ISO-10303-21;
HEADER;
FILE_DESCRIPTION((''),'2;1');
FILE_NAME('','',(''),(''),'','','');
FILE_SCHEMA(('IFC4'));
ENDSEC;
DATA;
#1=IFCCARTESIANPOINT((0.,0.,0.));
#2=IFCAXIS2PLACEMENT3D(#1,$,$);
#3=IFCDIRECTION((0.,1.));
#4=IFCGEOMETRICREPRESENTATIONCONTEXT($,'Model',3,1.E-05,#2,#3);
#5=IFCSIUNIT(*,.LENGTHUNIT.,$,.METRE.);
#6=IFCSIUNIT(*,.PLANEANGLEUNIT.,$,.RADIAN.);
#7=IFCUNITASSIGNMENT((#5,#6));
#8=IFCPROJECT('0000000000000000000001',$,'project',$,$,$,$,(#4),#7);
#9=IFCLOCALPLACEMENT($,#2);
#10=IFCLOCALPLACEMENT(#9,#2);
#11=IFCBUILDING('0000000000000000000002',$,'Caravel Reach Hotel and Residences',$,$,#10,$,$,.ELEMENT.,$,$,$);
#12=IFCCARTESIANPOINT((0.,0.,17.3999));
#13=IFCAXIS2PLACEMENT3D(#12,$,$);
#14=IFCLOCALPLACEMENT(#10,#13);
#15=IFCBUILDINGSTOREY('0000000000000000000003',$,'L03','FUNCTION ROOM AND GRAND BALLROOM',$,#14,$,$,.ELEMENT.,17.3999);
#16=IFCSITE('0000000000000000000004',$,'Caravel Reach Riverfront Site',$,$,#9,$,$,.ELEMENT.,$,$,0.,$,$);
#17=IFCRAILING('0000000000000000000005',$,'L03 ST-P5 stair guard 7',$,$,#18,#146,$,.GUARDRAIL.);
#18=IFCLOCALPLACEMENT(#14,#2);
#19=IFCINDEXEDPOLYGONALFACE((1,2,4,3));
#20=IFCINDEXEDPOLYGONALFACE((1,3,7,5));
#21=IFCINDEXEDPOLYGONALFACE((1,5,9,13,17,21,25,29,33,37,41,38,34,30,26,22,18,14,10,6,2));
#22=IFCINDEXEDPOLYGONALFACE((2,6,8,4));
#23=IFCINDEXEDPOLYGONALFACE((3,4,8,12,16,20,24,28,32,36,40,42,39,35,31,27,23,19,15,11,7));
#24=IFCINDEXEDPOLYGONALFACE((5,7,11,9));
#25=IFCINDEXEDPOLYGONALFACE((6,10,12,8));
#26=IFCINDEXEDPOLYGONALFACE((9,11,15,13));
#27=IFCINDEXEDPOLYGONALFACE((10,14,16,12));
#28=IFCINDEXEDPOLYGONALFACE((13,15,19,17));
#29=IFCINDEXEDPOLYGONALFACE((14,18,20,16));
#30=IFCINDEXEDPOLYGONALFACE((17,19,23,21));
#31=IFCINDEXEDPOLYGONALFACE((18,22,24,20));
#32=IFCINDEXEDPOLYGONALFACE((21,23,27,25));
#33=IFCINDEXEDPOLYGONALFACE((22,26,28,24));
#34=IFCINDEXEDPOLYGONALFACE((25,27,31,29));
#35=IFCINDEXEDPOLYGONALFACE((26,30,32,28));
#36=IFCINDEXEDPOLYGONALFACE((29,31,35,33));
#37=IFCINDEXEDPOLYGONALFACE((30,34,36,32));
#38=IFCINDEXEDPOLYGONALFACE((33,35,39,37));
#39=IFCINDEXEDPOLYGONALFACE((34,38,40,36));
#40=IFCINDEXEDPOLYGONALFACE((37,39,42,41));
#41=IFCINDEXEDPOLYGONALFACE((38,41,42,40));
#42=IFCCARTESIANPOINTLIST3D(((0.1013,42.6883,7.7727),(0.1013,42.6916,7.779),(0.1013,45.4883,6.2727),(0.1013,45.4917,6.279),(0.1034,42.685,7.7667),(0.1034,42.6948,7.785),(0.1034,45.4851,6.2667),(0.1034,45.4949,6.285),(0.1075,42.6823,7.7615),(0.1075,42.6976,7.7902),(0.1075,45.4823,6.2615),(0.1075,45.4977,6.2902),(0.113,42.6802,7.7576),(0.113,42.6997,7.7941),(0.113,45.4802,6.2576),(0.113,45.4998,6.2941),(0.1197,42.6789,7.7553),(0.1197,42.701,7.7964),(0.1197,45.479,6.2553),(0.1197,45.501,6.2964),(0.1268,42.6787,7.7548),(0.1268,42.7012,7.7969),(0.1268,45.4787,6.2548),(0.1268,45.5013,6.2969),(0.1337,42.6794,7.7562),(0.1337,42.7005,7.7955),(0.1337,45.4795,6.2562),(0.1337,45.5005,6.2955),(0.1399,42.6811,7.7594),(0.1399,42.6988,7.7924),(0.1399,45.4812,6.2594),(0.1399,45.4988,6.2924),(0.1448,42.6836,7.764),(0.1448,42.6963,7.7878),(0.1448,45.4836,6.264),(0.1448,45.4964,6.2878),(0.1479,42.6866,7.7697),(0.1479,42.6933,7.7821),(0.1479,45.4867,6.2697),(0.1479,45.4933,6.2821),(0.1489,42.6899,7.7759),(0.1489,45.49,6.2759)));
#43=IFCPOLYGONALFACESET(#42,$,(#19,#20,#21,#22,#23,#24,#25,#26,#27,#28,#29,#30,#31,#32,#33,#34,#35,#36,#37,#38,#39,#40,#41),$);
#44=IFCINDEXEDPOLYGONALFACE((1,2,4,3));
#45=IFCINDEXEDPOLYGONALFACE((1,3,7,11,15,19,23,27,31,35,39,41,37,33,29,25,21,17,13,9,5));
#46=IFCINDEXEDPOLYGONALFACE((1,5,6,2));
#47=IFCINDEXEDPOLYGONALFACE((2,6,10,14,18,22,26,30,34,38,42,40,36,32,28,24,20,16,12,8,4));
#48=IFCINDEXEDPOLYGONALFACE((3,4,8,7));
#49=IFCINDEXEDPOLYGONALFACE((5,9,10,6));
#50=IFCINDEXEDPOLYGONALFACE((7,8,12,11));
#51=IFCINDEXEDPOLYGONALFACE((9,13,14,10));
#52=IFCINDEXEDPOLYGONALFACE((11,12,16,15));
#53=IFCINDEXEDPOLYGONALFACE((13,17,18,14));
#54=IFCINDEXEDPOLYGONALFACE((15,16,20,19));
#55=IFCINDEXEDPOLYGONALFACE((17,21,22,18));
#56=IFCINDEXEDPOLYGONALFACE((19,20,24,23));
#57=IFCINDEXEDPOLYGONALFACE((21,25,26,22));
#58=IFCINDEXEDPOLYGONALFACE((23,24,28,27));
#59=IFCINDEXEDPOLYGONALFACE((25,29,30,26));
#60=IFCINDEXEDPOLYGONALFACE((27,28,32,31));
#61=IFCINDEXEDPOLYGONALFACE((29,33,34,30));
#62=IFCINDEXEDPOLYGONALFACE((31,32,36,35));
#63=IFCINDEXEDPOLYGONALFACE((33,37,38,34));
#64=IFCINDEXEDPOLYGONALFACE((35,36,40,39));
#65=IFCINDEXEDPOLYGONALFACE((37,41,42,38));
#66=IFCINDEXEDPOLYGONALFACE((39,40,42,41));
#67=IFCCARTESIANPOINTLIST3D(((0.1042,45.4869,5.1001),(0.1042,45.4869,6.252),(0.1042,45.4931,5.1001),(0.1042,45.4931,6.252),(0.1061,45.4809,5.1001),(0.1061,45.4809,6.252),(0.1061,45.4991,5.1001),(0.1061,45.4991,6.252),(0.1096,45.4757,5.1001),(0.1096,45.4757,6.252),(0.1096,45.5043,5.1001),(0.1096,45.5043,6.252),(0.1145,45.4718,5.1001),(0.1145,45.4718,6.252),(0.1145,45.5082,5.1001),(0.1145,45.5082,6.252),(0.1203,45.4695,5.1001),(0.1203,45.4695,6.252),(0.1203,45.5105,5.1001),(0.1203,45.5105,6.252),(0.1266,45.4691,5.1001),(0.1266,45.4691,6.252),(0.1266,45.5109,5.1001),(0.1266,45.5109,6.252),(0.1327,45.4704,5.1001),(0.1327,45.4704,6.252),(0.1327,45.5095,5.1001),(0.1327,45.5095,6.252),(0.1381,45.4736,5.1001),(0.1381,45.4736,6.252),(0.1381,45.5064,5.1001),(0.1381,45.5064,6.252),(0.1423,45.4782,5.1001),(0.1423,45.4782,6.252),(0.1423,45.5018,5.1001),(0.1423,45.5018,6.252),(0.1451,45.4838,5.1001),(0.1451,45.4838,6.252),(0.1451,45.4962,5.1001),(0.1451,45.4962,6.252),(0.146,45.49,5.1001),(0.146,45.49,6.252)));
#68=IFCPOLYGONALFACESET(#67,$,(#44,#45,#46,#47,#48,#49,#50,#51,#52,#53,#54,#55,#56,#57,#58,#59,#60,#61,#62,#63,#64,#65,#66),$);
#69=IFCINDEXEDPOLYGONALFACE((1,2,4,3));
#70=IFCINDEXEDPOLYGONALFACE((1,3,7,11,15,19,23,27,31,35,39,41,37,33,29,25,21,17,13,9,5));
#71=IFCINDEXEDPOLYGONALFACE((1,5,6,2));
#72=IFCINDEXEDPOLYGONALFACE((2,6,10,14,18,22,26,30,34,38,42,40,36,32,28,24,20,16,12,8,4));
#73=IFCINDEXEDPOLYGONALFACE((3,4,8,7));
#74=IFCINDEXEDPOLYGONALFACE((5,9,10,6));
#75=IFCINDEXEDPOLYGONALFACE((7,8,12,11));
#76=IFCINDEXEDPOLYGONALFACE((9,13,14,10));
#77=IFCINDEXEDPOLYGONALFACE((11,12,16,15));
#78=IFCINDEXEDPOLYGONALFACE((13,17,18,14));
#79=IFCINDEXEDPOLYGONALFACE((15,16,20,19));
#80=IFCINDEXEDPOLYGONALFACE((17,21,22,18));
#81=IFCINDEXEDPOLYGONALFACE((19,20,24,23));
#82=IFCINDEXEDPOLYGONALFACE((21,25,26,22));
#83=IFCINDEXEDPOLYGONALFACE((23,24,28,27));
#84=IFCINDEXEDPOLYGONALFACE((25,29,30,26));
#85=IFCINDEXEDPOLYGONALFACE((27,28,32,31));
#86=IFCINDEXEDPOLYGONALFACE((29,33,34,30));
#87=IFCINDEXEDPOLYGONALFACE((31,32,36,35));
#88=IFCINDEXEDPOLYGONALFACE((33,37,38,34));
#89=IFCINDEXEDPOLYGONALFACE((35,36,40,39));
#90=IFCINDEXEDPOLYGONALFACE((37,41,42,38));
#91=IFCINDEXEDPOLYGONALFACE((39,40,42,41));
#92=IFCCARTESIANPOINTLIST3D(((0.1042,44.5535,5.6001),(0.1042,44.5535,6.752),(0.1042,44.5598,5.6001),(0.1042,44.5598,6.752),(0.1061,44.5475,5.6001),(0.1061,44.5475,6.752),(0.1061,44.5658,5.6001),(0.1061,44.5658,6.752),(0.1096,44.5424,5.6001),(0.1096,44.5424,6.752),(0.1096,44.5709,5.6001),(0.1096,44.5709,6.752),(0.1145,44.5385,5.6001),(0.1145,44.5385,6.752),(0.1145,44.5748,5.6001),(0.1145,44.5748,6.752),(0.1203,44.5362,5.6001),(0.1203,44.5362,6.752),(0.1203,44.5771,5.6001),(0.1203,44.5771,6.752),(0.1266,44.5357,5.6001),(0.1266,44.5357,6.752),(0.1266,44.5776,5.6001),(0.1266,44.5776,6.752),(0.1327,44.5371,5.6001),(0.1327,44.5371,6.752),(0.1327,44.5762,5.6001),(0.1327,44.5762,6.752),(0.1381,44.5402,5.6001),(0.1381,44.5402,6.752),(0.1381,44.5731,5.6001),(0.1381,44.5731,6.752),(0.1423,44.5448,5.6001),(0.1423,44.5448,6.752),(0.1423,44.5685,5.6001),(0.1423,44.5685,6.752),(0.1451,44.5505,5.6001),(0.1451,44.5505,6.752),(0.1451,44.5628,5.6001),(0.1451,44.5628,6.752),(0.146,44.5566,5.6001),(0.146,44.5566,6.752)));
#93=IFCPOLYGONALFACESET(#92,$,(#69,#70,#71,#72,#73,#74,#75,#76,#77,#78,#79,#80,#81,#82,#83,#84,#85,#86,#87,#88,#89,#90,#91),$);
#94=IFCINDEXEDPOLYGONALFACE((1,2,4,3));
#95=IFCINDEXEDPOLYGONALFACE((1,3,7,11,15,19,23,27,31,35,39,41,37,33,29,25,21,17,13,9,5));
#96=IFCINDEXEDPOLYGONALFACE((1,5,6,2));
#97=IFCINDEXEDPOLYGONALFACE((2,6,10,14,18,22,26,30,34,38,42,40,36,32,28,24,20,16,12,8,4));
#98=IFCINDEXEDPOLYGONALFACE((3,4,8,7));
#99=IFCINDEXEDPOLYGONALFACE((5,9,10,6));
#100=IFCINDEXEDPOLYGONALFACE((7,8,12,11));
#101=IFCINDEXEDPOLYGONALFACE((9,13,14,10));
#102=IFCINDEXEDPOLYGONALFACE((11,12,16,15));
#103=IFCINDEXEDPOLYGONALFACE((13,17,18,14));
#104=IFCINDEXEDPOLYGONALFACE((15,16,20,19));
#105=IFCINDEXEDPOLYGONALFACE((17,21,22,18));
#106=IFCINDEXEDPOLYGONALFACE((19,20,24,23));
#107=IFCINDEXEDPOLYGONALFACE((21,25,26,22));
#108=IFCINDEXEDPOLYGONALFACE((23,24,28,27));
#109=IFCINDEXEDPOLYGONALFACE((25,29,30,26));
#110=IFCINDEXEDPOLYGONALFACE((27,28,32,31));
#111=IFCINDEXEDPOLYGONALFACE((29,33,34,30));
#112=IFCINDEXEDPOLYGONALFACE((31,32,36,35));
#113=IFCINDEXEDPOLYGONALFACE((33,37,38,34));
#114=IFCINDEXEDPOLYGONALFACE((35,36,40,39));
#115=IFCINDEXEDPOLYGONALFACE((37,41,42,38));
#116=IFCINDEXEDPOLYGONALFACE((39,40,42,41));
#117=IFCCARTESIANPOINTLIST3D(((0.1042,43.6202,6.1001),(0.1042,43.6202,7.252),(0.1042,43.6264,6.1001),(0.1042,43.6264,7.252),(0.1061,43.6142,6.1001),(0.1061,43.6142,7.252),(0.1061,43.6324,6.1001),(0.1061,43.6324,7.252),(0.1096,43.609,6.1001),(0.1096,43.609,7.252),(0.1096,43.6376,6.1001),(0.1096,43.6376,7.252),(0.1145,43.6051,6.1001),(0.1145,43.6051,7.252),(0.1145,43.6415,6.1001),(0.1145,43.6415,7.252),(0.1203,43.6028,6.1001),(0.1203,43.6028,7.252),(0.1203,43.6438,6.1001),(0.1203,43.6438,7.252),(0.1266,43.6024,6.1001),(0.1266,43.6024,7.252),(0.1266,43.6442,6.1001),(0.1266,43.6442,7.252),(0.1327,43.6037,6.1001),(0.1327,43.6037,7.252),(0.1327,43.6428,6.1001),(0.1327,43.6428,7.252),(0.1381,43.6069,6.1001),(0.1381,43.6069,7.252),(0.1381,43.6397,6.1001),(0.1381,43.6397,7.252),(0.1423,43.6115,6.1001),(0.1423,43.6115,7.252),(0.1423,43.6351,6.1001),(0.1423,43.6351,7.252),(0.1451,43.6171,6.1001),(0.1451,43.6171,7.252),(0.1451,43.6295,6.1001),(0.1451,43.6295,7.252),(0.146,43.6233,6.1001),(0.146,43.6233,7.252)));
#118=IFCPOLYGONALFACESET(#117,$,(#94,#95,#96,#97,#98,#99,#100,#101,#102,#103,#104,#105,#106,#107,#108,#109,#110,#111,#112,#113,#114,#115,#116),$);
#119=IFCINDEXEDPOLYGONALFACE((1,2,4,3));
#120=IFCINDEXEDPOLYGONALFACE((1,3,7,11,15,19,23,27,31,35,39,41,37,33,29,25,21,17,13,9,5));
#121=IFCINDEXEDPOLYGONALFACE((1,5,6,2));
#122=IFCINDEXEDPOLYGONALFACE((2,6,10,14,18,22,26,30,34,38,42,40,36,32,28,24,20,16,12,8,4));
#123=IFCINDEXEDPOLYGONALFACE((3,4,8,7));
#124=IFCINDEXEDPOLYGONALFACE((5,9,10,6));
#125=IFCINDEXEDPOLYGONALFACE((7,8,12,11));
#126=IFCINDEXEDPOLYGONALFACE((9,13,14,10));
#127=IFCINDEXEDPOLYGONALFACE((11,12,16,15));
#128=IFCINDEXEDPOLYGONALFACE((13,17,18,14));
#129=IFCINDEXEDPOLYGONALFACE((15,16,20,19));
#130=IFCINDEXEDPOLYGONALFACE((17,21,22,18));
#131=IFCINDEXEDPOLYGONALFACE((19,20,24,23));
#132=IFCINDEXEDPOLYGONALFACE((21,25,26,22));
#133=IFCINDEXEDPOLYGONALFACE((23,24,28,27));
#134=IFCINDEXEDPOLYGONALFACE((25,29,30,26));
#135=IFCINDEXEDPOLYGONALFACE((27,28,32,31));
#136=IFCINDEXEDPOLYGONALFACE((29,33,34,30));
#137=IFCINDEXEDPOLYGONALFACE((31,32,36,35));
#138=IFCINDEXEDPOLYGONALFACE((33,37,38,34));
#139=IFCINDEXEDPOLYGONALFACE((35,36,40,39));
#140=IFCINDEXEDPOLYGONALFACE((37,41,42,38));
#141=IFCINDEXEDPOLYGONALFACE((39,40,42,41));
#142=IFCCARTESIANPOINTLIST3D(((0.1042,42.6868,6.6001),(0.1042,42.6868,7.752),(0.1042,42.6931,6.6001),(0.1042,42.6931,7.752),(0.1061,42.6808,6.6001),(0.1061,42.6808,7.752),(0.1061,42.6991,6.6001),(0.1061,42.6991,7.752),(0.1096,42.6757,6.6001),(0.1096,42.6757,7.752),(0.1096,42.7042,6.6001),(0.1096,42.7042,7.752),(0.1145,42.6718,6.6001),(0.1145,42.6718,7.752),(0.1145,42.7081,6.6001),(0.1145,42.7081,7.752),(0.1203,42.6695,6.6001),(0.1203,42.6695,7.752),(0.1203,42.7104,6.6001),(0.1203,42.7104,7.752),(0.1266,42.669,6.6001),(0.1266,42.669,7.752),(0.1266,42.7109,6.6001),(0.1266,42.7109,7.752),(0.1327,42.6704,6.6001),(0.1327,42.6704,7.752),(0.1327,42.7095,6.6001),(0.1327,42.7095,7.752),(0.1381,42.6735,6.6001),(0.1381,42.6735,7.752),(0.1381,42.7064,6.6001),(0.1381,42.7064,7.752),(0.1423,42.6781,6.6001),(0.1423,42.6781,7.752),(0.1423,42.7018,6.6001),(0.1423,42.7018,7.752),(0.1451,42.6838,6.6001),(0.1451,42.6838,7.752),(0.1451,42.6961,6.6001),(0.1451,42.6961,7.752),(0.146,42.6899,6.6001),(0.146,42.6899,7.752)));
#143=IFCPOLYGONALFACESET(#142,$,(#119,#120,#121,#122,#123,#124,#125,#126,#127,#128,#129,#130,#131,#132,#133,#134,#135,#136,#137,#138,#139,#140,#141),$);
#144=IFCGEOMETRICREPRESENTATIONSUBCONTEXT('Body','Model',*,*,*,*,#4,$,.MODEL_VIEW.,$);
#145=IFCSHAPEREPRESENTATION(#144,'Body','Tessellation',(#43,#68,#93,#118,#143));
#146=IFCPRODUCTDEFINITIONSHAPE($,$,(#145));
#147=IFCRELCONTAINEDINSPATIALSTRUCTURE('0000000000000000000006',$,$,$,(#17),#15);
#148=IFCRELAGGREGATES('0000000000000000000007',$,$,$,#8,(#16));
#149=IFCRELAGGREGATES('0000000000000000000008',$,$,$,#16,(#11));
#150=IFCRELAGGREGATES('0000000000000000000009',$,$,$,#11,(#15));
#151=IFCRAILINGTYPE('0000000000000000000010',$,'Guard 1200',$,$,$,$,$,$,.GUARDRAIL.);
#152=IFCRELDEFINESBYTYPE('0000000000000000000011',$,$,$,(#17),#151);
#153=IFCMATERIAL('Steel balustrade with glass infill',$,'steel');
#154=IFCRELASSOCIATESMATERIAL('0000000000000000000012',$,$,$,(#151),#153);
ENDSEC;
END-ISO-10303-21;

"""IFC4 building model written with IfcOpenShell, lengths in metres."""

from ifc_helpers import new_model, si_unit, direction, frame, origin, origin_2d, place, context, subcontext, project, spatial, circle, extrude, material, type_object, element, save


model = new_model("IFC4")

# Units and contexts
model_context = context("Model", 3, precision=1e-05, world=origin(), true_north=direction((0.0, 1.0)))
body_context = subcontext(model_context, "Body", "Model", "MODEL_VIEW")
ifc_project = project(units=[si_unit("LENGTHUNIT", "METRE"), si_unit("PLANEANGLEUNIT", "RADIAN")], contexts=[model_context])

# Site, building, storey
site_placement = place(None, origin())
site = spatial("IfcSite", under=ifc_project, at=site_placement, Name="Caravel Reach Riverfront Site", CompositionType="ELEMENT", RefElevation=0.0)
building_placement = place(site_placement, origin())
building = spatial("IfcBuilding", under=site, at=building_placement, Name="Caravel Reach Hotel and Residences", CompositionType="ELEMENT")
storey_placement = place(building_placement, frame((0.0, 0.0, 17.3999)))
storey = spatial("IfcBuildingStorey", under=building, at=storey_placement, Name="L03", Description="FUNCTION ROOM AND GRAND BALLROOM", CompositionType="ELEMENT", Elevation=17.3999)

# Railing
ifc_material_1 = material(Name="Steel balustrade with glass infill", Category="steel")
railing_type_1 = type_object("IfcRailingType", Name="Guard 1200", PredefinedType="GUARDRAIL", material=ifc_material_1)
railing_1_placement = place(storey_placement, frame((0.125, 45.49, 5.1001)))
element("IfcRailing", 1, at=railing_1_placement, inside=storey, type_object=railing_type_1, Name="L03 ST-P5 stair guard 7", PredefinedType="GUARDRAIL", context=body_context, shape_type="SweptSolid", body=[
    extrude(circle(Radius=0.0239, at=origin_2d()), frame((0.0, 0.0, 1.1758), z_axis=(0.0, -0.881483, 0.472215), x_axis=(1.0, 0.0, 0.0)), (0.0, 0.0, 1.0), 3.1765),
    extrude(circle(Radius=0.021, at=origin_2d()), origin(), (0.0, 0.0, 1.0), 1.1519),
    extrude(circle(Radius=0.021, at=origin_2d()), frame((0.0, -0.9333, 0.5)), (0.0, 0.0, 1.0), 1.1519),
    extrude(circle(Radius=0.021, at=origin_2d()), frame((0.0, -1.8667, 1.0)), (0.0, 0.0, 1.0), 1.1519),
    extrude(circle(Radius=0.021, at=origin_2d()), frame((0.0, -2.8, 1.5)), (0.0, 0.0, 1.0), 1.1519),
])

save(model, "model.ifc")
